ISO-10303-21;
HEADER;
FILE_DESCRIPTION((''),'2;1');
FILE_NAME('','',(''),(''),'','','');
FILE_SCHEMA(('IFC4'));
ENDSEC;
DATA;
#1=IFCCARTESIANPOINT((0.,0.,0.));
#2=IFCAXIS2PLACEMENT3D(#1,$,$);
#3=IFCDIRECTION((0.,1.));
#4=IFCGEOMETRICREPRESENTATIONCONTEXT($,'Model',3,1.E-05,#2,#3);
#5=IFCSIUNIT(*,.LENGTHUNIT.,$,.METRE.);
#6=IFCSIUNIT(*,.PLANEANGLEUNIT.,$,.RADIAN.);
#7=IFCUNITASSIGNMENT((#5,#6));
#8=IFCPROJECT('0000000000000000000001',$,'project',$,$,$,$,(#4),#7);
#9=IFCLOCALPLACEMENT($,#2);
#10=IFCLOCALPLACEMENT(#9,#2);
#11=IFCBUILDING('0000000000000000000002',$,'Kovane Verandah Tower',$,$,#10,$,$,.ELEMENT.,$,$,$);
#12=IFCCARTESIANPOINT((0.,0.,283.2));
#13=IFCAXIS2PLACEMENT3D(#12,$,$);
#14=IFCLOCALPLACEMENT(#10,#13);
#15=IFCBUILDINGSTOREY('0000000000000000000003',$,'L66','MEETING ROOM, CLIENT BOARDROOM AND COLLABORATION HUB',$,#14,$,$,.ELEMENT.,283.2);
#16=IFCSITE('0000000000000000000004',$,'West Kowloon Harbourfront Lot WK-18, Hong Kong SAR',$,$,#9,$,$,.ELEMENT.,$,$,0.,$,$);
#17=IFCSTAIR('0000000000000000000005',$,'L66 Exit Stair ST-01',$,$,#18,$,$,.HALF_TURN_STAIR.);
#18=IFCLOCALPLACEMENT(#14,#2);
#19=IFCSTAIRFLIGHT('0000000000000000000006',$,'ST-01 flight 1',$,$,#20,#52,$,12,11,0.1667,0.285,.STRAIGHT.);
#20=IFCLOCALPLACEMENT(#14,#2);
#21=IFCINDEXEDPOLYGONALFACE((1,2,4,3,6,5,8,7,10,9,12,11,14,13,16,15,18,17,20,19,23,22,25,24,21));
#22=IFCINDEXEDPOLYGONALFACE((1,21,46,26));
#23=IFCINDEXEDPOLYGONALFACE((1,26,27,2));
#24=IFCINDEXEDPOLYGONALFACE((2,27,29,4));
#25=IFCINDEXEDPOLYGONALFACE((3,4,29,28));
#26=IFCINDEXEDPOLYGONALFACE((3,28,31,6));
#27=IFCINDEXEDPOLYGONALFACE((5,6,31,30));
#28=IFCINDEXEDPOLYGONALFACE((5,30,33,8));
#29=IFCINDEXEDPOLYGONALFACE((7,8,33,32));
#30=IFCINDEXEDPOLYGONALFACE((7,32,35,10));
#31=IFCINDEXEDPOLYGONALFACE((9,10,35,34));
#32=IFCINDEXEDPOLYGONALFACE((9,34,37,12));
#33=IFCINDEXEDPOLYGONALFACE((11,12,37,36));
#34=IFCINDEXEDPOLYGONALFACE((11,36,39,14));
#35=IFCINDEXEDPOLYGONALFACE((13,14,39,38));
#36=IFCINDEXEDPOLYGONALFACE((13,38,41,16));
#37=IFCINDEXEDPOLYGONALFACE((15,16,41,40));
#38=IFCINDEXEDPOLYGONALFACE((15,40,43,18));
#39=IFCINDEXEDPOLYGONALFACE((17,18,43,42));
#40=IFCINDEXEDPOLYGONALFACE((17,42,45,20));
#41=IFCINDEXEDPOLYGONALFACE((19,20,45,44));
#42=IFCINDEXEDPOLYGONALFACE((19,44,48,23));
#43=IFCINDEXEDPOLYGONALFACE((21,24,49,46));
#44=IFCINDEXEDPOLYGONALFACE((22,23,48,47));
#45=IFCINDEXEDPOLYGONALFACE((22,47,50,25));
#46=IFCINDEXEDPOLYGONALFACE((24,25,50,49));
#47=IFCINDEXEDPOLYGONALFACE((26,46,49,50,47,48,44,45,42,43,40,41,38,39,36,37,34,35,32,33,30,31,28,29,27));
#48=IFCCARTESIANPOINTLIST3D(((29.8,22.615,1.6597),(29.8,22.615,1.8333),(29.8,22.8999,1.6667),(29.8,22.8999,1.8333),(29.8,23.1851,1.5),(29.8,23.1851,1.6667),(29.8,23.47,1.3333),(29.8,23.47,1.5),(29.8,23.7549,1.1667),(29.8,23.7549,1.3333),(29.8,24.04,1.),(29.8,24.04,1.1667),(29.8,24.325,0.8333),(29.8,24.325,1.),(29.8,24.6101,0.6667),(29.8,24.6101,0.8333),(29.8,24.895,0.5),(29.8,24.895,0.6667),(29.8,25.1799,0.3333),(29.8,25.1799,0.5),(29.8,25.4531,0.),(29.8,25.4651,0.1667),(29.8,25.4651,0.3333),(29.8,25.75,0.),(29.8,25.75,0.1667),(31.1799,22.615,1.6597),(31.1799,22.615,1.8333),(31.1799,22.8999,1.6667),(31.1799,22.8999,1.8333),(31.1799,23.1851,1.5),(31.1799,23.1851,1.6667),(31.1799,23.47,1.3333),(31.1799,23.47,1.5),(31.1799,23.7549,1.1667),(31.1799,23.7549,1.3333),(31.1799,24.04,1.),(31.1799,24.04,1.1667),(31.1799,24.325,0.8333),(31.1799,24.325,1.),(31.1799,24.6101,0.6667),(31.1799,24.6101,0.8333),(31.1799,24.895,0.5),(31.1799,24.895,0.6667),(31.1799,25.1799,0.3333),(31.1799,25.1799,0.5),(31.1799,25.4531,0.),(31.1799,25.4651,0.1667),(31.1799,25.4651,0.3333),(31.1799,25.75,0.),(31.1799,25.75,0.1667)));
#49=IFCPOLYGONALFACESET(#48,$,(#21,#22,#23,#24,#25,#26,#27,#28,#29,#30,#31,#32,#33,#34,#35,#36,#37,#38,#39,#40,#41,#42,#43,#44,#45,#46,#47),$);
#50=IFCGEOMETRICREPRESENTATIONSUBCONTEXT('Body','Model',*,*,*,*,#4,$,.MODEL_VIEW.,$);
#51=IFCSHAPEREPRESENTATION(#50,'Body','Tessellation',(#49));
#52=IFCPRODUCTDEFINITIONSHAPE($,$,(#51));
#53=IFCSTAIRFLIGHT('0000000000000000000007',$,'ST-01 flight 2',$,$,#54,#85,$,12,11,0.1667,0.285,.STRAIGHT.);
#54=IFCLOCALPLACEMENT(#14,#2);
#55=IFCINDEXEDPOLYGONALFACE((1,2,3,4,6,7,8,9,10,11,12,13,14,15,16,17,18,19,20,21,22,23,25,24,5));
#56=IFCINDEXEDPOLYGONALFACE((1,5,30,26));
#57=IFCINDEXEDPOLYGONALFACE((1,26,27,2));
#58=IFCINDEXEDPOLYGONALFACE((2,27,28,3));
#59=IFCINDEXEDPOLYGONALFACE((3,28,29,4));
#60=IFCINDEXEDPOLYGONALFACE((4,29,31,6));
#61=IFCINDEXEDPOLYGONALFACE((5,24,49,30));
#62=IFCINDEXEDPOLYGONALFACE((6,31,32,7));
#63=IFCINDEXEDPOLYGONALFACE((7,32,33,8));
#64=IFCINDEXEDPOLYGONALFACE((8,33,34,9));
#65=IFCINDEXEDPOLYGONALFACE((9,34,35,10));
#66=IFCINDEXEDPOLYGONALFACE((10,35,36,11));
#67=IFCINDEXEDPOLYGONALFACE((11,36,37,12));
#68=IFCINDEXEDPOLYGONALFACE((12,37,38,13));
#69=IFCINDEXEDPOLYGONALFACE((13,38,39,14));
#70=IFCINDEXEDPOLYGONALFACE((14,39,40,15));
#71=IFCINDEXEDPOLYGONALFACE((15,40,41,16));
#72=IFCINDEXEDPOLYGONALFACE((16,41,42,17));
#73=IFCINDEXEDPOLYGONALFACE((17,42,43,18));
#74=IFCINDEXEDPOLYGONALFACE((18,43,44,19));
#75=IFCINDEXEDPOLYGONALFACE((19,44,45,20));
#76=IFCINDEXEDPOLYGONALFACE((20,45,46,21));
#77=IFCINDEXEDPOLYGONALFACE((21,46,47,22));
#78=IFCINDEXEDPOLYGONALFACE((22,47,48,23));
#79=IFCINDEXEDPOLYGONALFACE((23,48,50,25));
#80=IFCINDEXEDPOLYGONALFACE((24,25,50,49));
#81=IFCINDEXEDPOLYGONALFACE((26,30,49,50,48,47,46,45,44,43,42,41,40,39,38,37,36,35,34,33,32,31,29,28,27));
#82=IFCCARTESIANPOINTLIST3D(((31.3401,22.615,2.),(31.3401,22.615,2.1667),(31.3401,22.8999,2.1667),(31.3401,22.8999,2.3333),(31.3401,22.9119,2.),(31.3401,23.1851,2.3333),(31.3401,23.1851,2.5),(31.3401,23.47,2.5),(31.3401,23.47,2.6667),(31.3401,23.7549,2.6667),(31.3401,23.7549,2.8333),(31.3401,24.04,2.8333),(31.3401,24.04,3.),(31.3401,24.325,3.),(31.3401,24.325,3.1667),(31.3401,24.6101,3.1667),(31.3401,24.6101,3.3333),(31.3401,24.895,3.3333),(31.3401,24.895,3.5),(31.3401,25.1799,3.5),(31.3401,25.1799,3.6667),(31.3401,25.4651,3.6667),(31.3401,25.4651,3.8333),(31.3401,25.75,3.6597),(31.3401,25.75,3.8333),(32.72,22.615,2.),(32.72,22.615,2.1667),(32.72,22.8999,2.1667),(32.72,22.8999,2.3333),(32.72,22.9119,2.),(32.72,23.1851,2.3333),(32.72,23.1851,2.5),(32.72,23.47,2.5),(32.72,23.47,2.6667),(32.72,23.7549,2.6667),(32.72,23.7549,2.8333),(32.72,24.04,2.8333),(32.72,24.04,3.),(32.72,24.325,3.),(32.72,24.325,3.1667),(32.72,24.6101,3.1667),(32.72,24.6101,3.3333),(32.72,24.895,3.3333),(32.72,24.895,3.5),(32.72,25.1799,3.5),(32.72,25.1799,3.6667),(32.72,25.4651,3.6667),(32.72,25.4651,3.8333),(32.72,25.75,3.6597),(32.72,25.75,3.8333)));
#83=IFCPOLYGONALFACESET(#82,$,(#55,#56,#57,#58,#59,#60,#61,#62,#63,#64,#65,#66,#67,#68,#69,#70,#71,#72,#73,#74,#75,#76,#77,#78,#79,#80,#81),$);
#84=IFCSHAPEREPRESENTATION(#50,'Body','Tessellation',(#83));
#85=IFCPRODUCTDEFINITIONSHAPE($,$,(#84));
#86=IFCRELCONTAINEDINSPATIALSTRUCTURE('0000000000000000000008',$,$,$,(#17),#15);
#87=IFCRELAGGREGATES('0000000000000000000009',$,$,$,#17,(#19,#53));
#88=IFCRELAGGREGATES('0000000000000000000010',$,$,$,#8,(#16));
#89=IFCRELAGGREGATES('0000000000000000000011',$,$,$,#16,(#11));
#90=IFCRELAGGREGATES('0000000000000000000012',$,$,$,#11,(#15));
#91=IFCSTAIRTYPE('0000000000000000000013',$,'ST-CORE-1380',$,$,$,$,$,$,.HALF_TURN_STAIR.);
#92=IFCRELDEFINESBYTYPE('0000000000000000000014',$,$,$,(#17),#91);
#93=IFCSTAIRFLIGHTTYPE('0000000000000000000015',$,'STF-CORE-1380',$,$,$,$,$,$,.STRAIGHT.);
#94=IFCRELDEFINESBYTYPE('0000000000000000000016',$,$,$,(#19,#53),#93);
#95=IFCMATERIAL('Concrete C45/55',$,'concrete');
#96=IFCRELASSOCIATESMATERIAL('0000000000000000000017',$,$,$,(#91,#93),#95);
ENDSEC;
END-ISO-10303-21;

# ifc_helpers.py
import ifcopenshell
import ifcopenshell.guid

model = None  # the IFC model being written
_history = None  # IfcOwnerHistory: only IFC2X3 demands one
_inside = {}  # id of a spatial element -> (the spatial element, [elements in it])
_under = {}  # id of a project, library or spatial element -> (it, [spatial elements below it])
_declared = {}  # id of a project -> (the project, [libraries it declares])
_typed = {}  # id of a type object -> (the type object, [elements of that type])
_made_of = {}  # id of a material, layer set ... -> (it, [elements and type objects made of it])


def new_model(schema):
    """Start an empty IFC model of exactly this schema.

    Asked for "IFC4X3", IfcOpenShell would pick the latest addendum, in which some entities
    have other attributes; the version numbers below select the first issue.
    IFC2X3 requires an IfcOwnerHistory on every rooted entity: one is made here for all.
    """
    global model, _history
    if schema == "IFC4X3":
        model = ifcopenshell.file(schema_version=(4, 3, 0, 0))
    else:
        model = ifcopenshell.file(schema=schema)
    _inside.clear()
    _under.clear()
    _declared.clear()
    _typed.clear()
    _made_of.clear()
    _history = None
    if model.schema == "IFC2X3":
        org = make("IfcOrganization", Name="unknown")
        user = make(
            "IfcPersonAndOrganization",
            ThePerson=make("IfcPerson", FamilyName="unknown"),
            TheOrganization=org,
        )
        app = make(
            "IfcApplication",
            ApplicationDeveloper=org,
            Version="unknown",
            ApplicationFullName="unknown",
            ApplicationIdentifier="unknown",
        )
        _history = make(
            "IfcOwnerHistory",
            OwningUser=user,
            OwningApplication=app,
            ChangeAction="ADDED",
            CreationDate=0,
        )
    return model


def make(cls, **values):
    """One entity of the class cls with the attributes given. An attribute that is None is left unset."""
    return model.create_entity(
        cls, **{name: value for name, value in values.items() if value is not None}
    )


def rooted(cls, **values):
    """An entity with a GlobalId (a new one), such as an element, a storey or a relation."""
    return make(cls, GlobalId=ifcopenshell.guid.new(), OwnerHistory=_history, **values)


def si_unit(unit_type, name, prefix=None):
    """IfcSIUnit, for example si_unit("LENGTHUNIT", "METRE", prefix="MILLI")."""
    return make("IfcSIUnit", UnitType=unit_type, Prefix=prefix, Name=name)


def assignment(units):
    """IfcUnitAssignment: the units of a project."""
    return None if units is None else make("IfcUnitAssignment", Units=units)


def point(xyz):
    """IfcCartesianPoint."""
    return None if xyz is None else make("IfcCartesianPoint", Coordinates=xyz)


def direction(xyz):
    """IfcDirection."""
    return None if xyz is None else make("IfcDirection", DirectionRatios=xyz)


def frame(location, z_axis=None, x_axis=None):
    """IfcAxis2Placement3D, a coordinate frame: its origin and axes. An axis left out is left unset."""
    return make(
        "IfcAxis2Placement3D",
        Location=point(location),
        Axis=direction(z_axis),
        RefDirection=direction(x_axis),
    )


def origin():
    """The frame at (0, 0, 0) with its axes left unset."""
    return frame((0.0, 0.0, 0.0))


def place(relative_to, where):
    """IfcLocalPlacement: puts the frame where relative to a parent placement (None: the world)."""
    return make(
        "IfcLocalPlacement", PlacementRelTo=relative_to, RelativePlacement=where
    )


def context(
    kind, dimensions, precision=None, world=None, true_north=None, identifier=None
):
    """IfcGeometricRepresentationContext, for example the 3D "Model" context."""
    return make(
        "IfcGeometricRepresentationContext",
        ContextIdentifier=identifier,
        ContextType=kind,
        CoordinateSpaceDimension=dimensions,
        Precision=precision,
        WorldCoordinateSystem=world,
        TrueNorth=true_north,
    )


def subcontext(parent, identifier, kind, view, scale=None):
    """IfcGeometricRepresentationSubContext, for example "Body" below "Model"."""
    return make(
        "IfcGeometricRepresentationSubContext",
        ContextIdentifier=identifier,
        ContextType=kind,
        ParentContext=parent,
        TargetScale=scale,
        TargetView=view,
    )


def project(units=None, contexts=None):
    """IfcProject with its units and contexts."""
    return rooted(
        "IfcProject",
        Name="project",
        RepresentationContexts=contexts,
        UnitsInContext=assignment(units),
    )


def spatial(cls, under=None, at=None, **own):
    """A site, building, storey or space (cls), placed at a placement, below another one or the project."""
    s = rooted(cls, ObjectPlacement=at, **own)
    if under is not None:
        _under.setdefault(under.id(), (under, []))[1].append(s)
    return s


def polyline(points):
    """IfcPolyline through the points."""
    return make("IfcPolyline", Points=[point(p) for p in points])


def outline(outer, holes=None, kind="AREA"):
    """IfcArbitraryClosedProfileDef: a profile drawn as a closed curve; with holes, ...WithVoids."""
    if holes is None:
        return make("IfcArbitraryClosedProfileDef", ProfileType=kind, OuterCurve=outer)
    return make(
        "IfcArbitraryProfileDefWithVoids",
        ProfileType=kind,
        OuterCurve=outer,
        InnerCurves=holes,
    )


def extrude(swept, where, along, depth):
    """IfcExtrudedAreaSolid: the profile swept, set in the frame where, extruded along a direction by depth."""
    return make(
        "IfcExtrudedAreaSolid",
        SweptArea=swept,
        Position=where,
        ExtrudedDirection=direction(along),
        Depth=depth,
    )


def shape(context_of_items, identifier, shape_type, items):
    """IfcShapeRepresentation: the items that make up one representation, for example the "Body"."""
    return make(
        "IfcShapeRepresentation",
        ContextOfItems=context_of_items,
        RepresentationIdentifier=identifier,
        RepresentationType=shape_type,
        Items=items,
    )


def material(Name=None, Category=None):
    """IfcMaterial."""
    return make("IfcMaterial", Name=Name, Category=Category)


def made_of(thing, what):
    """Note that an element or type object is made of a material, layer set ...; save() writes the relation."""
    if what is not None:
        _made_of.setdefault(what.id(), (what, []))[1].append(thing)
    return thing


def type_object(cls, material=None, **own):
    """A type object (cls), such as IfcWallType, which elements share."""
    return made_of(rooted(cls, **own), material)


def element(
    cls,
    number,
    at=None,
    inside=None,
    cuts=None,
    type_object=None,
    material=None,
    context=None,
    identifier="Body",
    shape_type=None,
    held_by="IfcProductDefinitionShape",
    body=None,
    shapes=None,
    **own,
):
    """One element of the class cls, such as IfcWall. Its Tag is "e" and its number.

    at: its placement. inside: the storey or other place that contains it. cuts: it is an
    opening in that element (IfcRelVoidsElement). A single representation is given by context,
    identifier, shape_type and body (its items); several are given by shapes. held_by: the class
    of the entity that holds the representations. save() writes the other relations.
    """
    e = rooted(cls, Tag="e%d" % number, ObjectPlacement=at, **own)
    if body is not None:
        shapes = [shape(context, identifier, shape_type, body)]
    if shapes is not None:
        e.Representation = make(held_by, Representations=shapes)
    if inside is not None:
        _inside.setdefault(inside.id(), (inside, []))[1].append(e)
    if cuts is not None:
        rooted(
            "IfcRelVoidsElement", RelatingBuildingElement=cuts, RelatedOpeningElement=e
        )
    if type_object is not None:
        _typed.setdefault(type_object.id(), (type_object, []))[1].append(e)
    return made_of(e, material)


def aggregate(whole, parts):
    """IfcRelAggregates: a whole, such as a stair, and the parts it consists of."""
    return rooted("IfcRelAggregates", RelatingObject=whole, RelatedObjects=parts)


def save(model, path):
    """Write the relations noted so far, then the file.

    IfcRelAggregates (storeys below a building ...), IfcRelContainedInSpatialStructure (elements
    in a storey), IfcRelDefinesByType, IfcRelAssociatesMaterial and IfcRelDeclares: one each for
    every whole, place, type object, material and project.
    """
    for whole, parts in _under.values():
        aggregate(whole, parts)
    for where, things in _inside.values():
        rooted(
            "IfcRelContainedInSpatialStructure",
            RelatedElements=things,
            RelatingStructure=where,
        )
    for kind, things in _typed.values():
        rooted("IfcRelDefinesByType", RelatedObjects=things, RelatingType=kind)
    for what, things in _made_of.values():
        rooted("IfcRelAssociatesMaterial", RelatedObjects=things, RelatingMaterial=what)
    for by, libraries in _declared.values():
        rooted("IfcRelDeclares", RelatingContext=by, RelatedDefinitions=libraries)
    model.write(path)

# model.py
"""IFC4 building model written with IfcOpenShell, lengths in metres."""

from ifc_helpers import new_model, si_unit, direction, frame, origin, place, context, subcontext, project, spatial, polyline, outline, extrude, material, type_object, element, aggregate, save


model = new_model("IFC4")

# Units and contexts
model_context = context("Model", 3, precision=1e-05, world=origin(), true_north=direction((0.0, 1.0)))
body_context = subcontext(model_context, "Body", "Model", "MODEL_VIEW")
ifc_project = project(units=[si_unit("LENGTHUNIT", "METRE"), si_unit("PLANEANGLEUNIT", "RADIAN")], contexts=[model_context])

# Site, building, storey
site_placement = place(None, origin())
site = spatial("IfcSite", under=ifc_project, at=site_placement, Name="West Kowloon Harbourfront Lot WK-18, Hong Kong SAR", CompositionType="ELEMENT", RefElevation=0.0)
building_placement = place(site_placement, origin())
building = spatial("IfcBuilding", under=site, at=building_placement, Name="Kovane Verandah Tower", CompositionType="ELEMENT")
storey_placement = place(building_placement, frame((0.0, 0.0, 283.2)))
storey = spatial("IfcBuildingStorey", under=building, at=storey_placement, Name="L66", Description="MEETING ROOM, CLIENT BOARDROOM AND COLLABORATION HUB", CompositionType="ELEMENT", Elevation=283.2)

# Shared definitions
ifc_material_1 = material(Name="Concrete C45/55", Category="concrete")

# Stair, stair flights
stair_type = type_object("IfcStairType", Name="ST-CORE-1380", PredefinedType="HALF_TURN_STAIR", material=ifc_material_1)
stair_placement = place(storey_placement, origin())
stair = element("IfcStair", 1, at=stair_placement, inside=storey, type_object=stair_type, Name="L66 Exit Stair ST-01", PredefinedType="HALF_TURN_STAIR")
stair_flight_type = type_object("IfcStairFlightType", Name="STF-CORE-1380", PredefinedType="STRAIGHT", material=ifc_material_1)
stair_flight_1_placement = place(storey_placement, frame((30.49, 25.75, 0.0), z_axis=(0.0, 0.0, 1.0), x_axis=(0.0, -1.0, 0.0)))
stair_flight_1 = element("IfcStairFlight", 2, at=stair_flight_1_placement, type_object=stair_flight_type, Name="ST-01 flight 1", NumberOfRisers=12, NumberOfTreads=11, PredefinedType="STRAIGHT", RiserHeight=0.1667, TreadLength=0.285, context=body_context, shape_type="SweptSolid", body=[
    extrude(outline(polyline([(0.0, 0.0), (0.0, 0.1667), (0.2849, 0.1667), (0.2849, 0.3333), (0.5701, 0.3333), (0.5701, 0.5), (0.855, 0.5), (0.855, 0.6667), (1.1399, 0.6667), (1.1399, 0.8333), (1.425, 0.8333), (1.425, 1.0), (1.71, 1.0), (1.71, 1.1667), (1.9951, 1.1667), (1.9951, 1.3333), (2.28, 1.3333), (2.28, 1.5), (2.5649, 1.5), (2.5649, 1.6667), (2.8501, 1.6667), (2.8501, 1.8333), (3.135, 1.8333), (3.135, 2.0), (3.135, 1.6597), (0.2969, 0.0), (0.0, 0.0)])), frame((0.0, 0.6899, 0.0), z_axis=(0.0, -1.0, 0.0), x_axis=(1.0, 0.0, 0.0)), (0.0, 0.0, 1.0), 1.3799),
])
stair_flight_2_placement = place(storey_placement, frame((32.03, 22.615, 2.0), z_axis=(0.0, 0.0, 1.0), x_axis=(0.0, 1.0, 0.0)))
stair_flight_2 = element("IfcStairFlight", 3, at=stair_flight_2_placement, type_object=stair_flight_type, Name="ST-01 flight 2", NumberOfRisers=12, NumberOfTreads=11, PredefinedType="STRAIGHT", RiserHeight=0.1667, TreadLength=0.285, context=body_context, shape_type="SweptSolid", body=[
    extrude(outline(polyline([(0.0, 0.0), (0.0, 0.1667), (0.2849, 0.1667), (0.2849, 0.3333), (0.5701, 0.3333), (0.5701, 0.5), (0.855, 0.5), (0.855, 0.6667), (1.1399, 0.6667), (1.1399, 0.8333), (1.425, 0.8333), (1.425, 1.0), (1.71, 1.0), (1.71, 1.1667), (1.9951, 1.1667), (1.9951, 1.3333), (2.28, 1.3333), (2.28, 1.5), (2.5649, 1.5), (2.5649, 1.6667), (2.8501, 1.6667), (2.8501, 1.8333), (3.135, 1.8333), (3.135, 2.0), (3.135, 1.6597), (0.2969, 0.0), (0.0, 0.0)])), frame((0.0, 0.6899, 0.0), z_axis=(0.0, -1.0, 0.0), x_axis=(1.0, 0.0, 0.0)), (0.0, 0.0, 1.0), 1.3799),
])
aggregate(stair, [stair_flight_1, stair_flight_2])

save(model, "model.ifc")
